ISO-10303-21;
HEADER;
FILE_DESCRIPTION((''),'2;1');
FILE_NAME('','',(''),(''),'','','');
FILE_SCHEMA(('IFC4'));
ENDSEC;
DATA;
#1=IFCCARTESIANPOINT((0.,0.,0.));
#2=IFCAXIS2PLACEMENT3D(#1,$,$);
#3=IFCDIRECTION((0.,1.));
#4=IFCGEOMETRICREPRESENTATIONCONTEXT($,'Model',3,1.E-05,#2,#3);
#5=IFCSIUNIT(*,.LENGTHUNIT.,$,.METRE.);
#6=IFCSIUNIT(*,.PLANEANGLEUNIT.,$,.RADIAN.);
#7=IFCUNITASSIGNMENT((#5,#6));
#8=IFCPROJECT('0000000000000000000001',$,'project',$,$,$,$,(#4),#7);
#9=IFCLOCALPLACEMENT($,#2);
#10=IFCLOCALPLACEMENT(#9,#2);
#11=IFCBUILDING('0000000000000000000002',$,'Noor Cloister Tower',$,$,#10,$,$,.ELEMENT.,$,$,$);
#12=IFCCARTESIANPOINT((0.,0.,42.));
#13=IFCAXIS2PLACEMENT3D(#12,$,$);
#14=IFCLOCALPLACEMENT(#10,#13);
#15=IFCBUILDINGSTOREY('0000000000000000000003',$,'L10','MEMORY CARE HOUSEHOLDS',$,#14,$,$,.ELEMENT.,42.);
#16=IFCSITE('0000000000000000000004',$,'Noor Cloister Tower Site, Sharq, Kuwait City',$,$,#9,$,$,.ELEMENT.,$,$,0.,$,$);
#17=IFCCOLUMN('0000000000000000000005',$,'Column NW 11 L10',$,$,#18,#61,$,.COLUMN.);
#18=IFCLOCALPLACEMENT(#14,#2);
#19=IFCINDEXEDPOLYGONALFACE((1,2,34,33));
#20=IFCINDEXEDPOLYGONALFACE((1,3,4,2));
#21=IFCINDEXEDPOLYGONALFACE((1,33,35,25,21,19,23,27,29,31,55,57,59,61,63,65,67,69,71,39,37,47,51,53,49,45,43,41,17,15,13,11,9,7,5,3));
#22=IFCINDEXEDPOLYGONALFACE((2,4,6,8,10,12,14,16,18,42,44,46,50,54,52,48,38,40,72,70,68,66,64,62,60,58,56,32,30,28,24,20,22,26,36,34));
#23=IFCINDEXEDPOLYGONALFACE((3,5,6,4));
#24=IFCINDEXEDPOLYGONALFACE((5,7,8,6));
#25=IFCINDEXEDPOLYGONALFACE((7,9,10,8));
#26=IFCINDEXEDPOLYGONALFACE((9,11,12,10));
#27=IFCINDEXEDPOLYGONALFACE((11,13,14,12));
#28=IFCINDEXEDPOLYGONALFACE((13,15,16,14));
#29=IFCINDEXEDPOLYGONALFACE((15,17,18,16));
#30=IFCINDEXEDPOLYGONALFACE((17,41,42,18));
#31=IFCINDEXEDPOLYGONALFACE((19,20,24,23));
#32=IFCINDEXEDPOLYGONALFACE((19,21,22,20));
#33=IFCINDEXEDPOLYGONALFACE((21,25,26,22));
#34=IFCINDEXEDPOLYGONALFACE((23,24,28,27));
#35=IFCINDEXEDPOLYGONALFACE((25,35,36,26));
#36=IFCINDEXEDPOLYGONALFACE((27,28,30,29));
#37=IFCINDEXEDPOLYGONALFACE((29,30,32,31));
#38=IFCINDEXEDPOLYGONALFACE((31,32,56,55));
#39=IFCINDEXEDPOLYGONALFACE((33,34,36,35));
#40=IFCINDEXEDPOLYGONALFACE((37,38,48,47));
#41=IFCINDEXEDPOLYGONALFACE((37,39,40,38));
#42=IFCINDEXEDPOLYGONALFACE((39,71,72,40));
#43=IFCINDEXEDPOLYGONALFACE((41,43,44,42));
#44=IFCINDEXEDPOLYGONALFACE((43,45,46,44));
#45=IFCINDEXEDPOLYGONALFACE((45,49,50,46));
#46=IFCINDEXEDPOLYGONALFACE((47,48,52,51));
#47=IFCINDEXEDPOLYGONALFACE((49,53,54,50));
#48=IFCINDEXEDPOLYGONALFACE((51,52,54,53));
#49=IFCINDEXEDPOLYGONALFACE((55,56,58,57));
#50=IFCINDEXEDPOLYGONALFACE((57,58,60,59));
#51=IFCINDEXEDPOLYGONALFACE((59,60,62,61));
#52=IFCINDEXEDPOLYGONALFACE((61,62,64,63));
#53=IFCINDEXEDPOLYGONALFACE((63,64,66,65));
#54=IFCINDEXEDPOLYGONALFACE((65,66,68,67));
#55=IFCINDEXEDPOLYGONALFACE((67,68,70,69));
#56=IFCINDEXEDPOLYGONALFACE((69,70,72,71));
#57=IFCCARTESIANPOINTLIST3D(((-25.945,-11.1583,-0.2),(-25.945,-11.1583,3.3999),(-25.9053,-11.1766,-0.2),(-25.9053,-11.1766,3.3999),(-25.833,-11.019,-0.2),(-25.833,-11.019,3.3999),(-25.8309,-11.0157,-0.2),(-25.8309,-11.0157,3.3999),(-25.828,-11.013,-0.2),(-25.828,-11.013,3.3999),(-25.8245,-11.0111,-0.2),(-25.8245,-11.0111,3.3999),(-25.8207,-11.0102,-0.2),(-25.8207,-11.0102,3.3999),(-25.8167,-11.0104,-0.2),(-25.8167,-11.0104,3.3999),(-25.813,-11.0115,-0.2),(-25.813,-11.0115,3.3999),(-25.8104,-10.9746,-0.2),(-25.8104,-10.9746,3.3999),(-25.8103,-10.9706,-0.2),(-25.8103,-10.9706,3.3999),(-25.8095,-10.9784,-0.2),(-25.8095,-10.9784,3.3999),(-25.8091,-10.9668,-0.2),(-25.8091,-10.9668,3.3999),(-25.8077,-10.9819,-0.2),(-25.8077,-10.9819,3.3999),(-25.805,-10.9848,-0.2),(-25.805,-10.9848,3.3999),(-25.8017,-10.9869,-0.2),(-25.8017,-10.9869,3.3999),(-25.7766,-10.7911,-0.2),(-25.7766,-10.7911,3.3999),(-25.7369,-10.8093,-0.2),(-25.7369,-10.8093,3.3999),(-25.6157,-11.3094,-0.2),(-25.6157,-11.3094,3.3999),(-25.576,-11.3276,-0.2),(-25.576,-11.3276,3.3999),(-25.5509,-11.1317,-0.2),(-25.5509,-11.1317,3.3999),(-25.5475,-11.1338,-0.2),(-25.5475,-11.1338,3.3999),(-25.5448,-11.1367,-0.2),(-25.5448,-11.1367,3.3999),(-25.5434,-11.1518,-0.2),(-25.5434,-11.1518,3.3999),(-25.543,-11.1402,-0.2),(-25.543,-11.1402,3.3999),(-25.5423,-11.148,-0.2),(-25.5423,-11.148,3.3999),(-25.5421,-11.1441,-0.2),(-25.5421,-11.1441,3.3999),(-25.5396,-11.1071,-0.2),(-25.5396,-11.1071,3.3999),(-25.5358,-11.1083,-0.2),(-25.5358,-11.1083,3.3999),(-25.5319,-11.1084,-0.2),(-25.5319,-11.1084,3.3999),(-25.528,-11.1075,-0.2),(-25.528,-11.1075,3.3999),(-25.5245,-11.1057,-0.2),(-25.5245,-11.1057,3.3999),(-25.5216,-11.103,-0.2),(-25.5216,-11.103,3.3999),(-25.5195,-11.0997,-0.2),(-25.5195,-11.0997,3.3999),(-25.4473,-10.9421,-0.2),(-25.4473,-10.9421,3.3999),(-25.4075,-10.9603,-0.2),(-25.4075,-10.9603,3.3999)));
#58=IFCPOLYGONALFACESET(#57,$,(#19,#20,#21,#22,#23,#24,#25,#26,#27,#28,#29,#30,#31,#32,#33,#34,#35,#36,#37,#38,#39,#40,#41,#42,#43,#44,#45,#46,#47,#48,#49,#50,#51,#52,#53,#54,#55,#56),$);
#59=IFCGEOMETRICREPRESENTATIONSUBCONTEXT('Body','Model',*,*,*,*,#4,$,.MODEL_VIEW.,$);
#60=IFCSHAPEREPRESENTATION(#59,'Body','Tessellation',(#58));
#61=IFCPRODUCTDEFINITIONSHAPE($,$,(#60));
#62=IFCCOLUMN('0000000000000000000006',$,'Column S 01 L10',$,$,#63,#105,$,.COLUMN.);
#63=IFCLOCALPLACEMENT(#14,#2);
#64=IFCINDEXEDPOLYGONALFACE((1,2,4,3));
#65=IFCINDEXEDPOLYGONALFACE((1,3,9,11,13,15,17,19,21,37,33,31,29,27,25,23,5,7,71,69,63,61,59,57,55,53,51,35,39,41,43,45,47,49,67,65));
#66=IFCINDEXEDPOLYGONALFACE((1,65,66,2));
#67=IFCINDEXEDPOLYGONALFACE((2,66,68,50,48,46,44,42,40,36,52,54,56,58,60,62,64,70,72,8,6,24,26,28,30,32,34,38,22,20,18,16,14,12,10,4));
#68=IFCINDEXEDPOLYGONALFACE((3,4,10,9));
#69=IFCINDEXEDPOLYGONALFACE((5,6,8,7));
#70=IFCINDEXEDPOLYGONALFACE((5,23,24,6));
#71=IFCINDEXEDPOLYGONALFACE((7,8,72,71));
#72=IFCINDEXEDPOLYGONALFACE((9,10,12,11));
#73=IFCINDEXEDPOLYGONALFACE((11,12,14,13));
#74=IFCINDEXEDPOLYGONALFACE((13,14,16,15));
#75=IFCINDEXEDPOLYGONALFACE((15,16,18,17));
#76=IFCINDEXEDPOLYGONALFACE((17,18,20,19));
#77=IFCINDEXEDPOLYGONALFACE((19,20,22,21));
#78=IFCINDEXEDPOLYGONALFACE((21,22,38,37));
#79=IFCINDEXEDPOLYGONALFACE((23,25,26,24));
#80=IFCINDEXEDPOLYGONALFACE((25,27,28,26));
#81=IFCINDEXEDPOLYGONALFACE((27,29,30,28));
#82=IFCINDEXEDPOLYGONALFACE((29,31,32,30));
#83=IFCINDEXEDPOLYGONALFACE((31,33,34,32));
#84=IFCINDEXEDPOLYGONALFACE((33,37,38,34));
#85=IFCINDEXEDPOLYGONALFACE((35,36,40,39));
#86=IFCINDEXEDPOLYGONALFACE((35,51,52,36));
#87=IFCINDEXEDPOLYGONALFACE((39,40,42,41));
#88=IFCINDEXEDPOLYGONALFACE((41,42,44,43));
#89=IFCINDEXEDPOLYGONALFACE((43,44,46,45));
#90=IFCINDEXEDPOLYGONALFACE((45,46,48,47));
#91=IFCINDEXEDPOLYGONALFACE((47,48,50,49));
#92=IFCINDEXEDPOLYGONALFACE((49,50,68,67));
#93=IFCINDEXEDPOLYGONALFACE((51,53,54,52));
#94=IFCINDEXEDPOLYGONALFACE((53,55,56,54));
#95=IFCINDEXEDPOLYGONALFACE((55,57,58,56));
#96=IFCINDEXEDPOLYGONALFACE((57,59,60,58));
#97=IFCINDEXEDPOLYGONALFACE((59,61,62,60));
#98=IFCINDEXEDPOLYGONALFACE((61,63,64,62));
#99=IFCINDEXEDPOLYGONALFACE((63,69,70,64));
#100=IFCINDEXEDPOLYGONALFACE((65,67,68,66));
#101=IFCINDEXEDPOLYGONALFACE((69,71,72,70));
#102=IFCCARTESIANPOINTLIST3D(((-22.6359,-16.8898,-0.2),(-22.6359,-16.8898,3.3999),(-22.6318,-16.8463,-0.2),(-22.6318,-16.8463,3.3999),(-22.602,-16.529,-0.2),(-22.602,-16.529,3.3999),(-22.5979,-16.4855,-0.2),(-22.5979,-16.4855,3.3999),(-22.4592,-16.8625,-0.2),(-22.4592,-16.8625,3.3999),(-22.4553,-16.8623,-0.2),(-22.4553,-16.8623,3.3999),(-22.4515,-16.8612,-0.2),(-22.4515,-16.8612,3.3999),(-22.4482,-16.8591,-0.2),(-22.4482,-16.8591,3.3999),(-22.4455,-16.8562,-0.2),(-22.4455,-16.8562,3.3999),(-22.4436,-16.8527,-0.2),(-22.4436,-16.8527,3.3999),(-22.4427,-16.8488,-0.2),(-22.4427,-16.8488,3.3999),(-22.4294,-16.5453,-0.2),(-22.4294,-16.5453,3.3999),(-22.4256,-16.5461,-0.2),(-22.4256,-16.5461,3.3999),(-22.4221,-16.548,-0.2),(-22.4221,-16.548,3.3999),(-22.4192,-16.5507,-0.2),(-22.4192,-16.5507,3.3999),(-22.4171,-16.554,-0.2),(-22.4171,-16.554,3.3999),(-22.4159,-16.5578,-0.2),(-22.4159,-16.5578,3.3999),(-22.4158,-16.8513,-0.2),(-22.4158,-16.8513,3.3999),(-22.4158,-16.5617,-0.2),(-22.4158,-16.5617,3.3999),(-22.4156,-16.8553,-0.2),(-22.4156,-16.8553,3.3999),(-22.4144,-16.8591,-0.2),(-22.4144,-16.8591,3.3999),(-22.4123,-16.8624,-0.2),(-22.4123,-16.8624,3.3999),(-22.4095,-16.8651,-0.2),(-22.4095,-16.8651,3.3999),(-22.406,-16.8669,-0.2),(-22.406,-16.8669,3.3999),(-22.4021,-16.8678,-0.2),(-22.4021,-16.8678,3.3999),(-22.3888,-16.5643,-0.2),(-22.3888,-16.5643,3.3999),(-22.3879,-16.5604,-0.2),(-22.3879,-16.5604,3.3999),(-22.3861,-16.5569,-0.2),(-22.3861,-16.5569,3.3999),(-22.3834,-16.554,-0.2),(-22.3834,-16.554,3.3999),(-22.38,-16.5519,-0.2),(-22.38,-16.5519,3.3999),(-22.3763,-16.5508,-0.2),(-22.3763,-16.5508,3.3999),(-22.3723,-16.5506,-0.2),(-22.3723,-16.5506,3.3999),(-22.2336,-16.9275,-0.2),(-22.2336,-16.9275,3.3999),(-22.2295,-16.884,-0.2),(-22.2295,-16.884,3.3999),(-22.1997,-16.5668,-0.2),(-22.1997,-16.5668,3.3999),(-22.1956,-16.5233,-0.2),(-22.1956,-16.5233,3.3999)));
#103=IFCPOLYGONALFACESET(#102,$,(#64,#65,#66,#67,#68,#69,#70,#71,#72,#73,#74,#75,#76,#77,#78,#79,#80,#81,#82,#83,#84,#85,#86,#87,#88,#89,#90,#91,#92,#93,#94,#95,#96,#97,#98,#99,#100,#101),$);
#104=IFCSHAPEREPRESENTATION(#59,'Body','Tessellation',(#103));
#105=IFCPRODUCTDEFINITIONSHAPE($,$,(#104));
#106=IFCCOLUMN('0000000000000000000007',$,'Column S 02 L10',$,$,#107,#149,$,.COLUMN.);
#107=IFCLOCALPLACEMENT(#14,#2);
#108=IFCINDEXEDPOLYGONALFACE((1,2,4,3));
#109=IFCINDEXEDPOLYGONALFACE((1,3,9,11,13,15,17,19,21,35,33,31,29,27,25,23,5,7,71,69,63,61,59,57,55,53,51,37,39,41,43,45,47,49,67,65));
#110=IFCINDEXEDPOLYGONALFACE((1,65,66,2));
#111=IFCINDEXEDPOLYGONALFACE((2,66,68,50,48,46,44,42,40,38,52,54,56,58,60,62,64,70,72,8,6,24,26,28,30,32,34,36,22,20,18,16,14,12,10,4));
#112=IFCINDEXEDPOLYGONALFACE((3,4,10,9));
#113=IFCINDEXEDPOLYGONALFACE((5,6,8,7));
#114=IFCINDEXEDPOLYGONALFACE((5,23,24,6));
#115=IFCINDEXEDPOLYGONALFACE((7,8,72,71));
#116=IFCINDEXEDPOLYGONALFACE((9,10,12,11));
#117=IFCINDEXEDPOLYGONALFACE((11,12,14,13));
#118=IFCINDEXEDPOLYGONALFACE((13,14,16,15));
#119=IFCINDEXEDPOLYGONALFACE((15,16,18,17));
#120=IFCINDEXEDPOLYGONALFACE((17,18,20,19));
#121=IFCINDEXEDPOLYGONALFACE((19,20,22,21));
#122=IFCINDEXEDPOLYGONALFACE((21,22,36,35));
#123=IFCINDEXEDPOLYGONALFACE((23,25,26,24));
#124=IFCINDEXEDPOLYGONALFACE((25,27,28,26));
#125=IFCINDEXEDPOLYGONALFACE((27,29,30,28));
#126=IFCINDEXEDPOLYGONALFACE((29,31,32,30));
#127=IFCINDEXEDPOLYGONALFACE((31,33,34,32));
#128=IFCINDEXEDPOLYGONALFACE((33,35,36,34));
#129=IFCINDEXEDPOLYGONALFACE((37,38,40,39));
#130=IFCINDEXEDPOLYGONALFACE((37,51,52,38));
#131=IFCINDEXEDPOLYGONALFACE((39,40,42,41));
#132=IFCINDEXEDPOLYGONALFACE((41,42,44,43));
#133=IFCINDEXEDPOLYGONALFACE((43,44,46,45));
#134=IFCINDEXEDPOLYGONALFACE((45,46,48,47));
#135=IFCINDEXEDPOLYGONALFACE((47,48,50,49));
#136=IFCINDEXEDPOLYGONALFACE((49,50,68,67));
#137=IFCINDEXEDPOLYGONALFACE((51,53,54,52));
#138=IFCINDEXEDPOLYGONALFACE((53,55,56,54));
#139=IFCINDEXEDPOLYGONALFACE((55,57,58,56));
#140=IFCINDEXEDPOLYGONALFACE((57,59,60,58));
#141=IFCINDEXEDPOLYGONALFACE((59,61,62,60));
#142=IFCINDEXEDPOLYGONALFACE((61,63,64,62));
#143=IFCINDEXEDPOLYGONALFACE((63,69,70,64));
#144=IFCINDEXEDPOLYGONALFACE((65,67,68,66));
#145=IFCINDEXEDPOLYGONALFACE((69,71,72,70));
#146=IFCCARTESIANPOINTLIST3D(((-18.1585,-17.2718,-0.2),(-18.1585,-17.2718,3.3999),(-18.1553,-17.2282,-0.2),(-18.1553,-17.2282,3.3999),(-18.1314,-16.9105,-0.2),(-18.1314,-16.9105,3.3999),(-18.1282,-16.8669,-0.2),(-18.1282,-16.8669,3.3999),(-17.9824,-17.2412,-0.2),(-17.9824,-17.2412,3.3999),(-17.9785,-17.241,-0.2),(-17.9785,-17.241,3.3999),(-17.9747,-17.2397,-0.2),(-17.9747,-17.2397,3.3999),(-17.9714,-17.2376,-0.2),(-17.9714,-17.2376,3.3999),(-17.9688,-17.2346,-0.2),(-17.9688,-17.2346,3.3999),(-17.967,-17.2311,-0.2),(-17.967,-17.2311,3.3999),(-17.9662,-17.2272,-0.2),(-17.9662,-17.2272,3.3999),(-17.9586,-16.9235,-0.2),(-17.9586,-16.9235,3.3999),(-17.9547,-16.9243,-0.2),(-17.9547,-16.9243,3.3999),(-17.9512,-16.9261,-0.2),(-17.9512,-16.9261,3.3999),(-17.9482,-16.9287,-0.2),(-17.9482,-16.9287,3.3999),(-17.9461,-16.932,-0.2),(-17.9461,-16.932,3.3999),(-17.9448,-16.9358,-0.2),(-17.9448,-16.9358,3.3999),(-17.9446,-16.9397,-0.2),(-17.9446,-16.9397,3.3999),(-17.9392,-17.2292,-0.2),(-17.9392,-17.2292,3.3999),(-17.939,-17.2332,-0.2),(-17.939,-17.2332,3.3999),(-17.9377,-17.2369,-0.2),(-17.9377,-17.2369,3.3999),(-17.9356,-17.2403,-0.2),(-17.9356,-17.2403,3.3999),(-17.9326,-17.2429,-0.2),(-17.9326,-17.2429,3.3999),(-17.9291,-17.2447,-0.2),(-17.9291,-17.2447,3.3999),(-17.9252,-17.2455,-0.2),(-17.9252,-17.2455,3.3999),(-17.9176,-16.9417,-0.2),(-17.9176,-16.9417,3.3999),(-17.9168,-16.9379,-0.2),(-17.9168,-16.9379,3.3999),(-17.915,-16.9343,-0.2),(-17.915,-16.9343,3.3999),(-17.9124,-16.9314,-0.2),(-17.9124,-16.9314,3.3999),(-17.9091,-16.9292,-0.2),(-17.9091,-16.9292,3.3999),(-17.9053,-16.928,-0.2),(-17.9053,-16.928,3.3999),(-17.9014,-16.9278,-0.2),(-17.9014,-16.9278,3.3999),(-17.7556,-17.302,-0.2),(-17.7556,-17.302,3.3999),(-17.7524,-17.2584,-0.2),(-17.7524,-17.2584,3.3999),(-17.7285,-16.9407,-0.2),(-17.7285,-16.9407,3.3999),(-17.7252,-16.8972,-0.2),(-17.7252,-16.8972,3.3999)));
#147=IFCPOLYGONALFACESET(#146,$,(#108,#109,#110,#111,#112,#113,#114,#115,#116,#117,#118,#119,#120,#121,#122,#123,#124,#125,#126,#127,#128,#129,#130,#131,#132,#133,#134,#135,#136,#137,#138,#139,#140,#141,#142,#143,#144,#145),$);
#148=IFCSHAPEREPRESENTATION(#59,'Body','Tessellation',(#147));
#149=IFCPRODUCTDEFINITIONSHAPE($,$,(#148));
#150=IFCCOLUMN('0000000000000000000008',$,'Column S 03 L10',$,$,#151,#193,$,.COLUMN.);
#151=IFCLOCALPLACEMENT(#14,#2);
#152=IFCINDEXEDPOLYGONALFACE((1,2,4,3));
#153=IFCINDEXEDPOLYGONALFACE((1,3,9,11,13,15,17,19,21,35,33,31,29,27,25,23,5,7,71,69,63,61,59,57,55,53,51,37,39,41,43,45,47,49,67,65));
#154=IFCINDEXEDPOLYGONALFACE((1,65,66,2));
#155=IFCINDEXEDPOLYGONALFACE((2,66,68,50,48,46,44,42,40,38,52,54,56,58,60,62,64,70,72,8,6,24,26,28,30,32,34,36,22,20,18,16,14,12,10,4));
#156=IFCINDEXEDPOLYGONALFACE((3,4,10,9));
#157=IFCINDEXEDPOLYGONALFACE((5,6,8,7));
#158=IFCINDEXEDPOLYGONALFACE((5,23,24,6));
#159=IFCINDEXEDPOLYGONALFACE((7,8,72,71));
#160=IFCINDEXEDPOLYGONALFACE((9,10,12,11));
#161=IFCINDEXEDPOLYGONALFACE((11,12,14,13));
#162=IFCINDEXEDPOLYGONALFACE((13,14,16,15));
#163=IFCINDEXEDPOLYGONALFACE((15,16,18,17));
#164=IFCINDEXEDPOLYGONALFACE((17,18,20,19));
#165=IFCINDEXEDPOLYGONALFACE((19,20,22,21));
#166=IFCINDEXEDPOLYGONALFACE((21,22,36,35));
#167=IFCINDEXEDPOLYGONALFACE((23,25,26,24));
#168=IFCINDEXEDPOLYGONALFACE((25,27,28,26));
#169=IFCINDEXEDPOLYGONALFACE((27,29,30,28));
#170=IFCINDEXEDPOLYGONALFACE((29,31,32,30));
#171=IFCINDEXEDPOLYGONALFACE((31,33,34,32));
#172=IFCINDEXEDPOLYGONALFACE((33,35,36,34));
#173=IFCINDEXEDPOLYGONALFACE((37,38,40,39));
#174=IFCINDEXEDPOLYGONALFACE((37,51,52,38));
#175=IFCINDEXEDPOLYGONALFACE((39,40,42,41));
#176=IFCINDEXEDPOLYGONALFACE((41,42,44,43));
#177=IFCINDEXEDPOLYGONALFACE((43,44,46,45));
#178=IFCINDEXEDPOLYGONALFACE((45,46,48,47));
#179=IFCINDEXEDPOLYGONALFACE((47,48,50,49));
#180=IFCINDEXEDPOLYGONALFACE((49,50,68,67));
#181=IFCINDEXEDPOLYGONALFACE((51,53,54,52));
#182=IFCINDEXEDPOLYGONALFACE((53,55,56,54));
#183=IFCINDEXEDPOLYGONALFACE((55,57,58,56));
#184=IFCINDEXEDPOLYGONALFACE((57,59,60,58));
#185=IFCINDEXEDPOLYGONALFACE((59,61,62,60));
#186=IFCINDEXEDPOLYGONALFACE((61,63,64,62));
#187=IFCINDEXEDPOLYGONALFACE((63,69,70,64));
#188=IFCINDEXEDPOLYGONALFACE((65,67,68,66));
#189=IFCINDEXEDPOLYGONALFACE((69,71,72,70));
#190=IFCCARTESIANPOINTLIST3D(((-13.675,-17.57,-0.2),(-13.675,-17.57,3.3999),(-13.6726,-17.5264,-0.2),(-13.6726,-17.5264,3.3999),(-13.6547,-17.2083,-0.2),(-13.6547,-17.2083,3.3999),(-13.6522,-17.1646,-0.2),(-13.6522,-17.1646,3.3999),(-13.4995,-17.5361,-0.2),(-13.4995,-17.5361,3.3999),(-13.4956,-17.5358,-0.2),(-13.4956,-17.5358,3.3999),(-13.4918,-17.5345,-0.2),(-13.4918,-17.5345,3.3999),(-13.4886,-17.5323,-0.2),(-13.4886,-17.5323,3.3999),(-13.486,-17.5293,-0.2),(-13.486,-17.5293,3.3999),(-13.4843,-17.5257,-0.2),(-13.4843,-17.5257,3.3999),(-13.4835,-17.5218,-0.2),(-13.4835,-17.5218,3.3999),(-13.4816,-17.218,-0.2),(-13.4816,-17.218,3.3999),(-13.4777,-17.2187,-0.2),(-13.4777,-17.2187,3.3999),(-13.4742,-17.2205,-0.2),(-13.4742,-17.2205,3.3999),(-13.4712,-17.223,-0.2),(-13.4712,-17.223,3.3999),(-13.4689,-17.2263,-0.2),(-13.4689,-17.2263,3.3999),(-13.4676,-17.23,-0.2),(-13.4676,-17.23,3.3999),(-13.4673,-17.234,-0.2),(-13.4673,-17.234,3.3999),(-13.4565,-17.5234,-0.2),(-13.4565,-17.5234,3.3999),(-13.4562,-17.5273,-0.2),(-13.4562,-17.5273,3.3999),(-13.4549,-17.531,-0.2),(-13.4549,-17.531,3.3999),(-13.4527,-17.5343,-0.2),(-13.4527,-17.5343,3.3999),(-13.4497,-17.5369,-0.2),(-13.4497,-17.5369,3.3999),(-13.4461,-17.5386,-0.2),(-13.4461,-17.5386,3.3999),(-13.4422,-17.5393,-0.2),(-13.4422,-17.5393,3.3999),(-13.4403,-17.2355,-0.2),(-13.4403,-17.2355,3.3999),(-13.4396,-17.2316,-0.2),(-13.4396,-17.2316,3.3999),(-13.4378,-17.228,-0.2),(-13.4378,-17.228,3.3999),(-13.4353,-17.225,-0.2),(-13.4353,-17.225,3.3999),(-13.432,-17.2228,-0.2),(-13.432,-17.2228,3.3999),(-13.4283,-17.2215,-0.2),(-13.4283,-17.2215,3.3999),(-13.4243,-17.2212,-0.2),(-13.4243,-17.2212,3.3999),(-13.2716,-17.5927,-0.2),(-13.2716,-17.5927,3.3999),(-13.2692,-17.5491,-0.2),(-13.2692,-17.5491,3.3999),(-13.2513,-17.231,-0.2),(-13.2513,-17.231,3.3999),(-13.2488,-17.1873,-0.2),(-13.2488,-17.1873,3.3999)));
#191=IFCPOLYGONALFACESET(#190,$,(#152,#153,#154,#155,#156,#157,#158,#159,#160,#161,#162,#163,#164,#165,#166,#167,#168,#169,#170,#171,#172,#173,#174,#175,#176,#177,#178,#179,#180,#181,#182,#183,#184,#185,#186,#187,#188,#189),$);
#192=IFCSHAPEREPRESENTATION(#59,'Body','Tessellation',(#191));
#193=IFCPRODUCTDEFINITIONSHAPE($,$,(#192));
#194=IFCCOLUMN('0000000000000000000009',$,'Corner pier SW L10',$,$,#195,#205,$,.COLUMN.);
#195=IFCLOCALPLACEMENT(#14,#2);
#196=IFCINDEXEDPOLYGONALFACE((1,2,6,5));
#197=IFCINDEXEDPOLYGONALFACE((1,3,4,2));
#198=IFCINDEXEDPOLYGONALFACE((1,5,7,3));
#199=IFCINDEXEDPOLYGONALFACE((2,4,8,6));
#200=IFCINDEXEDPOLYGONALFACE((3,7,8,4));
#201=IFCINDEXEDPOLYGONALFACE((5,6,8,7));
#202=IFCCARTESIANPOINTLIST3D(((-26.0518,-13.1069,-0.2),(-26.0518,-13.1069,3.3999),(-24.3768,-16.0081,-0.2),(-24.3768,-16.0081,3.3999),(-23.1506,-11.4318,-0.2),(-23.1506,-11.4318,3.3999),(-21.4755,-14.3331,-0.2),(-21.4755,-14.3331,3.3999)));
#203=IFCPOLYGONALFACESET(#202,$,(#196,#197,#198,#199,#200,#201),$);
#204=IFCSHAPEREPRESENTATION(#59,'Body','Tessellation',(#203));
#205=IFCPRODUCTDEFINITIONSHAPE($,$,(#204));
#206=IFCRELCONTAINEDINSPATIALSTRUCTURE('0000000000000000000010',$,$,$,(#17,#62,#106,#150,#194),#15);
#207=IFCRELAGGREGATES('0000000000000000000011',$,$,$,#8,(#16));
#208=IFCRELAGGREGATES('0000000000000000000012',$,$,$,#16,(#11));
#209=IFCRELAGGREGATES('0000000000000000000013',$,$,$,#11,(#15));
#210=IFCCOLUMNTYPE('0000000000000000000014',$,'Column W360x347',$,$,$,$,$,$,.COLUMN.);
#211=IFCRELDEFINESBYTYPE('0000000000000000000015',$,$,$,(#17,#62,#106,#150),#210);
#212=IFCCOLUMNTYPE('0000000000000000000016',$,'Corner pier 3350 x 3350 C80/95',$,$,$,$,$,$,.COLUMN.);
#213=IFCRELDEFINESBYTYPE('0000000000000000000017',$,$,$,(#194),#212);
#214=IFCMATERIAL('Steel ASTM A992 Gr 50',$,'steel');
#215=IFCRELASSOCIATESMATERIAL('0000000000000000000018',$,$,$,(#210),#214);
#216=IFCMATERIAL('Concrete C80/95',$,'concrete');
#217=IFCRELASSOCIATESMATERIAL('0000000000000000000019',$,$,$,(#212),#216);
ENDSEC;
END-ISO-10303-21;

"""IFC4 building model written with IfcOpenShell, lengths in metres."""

from ifc_helpers import new_model, si_unit, direction, frame, origin, origin_2d, place, context, subcontext, project, spatial, rectangle, i_section, extrude, material, material_profile, profile_set, type_object, element, save


model = new_model("IFC4")

# Units and contexts
model_context = context("Model", 3, precision=1e-05, world=origin(), true_north=direction((0.0, 1.0)))
body_context = subcontext(model_context, "Body", "Model", "MODEL_VIEW")
ifc_project = project(units=[si_unit("LENGTHUNIT", "METRE"), si_unit("PLANEANGLEUNIT", "RADIAN")], contexts=[model_context])

# Site, building, storey
site_placement = place(None, origin())
site = spatial("IfcSite", under=ifc_project, at=site_placement, Name="Noor Cloister Tower Site, Sharq, Kuwait City", CompositionType="ELEMENT", RefElevation=0.0)
building_placement = place(site_placement, origin())
building = spatial("IfcBuilding", under=site, at=building_placement, Name="Noor Cloister Tower", CompositionType="ELEMENT")
storey_placement = place(building_placement, frame((0.0, 0.0, 42.0)))
storey = spatial("IfcBuildingStorey", under=building, at=storey_placement, Name="L10", Description="MEMORY CARE HOUSEHOLDS", CompositionType="ELEMENT", Elevation=42.0)

# Columns
ifc_material_1 = material(Name="Steel ASTM A992 Gr 50", Category="steel")
ifc_material_profile_1 = material_profile(ifc_material_1, i_section(OverallWidth=0.4041, OverallDepth=0.406, WebThickness=0.0271, FlangeThickness=0.0437, FilletRadius=0.0151, at=origin_2d()), Name="W360x347")
ifc_profile_set_1 = profile_set([ifc_material_profile_1], Name="Steel ASTM A992 Gr 50")
column_type_1 = type_object("IfcColumnType", Name="Column W360x347", PredefinedType="COLUMN", material=ifc_profile_set_1)
for number, where, z_axis, x_axis, name in (
    (1, (-25.6763, -11.0593, -0.2), (0.0, 0.0, 1.0), (-0.416836, -0.908982, 0.0), "Column NW 11 L10"),
    (2, (-22.4158, -16.7065, -0.2), (0.0, 0.0, 1.0), (0.995619, -0.0935, 0.0), "Column S 01 L10"),
    (3, (-17.9419, -17.0845, -0.2), (0.0, 0.0, 1.0), (0.997196, -0.07484, 0.0), "Column S 02 L10"),
    (4, (-13.4619, -17.3787, -0.2), (0.0, 0.0, 1.0), (0.998422, -0.056153, 0.0), "Column S 03 L10"),
):
    element("IfcColumn", number, at=place(storey_placement, frame(where, z_axis=z_axis, x_axis=x_axis)), inside=storey, type_object=column_type_1, Name=name, PredefinedType="COLUMN", context=body_context, shape_type="SweptSolid", body=[
        extrude(i_section(OverallWidth=0.4041, OverallDepth=0.406, WebThickness=0.0271, FlangeThickness=0.0437, FilletRadius=0.0151, at=origin_2d()), origin(), (0.0, 0.0, 1.0), 3.5999),
    ])
ifc_material_2 = material(Name="Concrete C80/95", Category="concrete")
ifc_material_profile_2 = material_profile(ifc_material_2, rectangle(XDim=3.3501, YDim=3.3501, at=origin_2d()), Name="RC 3350x3350")
ifc_profile_set_2 = profile_set([ifc_material_profile_2], Name="Concrete C80/95")
column_type_2 = type_object("IfcColumnType", Name="Corner pier 3350 x 3350 C80/95", PredefinedType="COLUMN", material=ifc_profile_set_2)
column_placement = place(storey_placement, frame((-23.7637, -13.72, -0.2), z_axis=(0.0, 0.0, 1.0), x_axis=(-0.866025, -0.5, 0.0)))
element("IfcColumn", 5, at=column_placement, inside=storey, type_object=column_type_2, Name="Corner pier SW L10", PredefinedType="COLUMN", context=body_context, shape_type="SweptSolid", body=[
    extrude(rectangle(XDim=3.3501, YDim=3.3501, at=origin_2d()), origin(), (0.0, 0.0, 1.0), 3.5999),
])

save(model, "model.ifc")
